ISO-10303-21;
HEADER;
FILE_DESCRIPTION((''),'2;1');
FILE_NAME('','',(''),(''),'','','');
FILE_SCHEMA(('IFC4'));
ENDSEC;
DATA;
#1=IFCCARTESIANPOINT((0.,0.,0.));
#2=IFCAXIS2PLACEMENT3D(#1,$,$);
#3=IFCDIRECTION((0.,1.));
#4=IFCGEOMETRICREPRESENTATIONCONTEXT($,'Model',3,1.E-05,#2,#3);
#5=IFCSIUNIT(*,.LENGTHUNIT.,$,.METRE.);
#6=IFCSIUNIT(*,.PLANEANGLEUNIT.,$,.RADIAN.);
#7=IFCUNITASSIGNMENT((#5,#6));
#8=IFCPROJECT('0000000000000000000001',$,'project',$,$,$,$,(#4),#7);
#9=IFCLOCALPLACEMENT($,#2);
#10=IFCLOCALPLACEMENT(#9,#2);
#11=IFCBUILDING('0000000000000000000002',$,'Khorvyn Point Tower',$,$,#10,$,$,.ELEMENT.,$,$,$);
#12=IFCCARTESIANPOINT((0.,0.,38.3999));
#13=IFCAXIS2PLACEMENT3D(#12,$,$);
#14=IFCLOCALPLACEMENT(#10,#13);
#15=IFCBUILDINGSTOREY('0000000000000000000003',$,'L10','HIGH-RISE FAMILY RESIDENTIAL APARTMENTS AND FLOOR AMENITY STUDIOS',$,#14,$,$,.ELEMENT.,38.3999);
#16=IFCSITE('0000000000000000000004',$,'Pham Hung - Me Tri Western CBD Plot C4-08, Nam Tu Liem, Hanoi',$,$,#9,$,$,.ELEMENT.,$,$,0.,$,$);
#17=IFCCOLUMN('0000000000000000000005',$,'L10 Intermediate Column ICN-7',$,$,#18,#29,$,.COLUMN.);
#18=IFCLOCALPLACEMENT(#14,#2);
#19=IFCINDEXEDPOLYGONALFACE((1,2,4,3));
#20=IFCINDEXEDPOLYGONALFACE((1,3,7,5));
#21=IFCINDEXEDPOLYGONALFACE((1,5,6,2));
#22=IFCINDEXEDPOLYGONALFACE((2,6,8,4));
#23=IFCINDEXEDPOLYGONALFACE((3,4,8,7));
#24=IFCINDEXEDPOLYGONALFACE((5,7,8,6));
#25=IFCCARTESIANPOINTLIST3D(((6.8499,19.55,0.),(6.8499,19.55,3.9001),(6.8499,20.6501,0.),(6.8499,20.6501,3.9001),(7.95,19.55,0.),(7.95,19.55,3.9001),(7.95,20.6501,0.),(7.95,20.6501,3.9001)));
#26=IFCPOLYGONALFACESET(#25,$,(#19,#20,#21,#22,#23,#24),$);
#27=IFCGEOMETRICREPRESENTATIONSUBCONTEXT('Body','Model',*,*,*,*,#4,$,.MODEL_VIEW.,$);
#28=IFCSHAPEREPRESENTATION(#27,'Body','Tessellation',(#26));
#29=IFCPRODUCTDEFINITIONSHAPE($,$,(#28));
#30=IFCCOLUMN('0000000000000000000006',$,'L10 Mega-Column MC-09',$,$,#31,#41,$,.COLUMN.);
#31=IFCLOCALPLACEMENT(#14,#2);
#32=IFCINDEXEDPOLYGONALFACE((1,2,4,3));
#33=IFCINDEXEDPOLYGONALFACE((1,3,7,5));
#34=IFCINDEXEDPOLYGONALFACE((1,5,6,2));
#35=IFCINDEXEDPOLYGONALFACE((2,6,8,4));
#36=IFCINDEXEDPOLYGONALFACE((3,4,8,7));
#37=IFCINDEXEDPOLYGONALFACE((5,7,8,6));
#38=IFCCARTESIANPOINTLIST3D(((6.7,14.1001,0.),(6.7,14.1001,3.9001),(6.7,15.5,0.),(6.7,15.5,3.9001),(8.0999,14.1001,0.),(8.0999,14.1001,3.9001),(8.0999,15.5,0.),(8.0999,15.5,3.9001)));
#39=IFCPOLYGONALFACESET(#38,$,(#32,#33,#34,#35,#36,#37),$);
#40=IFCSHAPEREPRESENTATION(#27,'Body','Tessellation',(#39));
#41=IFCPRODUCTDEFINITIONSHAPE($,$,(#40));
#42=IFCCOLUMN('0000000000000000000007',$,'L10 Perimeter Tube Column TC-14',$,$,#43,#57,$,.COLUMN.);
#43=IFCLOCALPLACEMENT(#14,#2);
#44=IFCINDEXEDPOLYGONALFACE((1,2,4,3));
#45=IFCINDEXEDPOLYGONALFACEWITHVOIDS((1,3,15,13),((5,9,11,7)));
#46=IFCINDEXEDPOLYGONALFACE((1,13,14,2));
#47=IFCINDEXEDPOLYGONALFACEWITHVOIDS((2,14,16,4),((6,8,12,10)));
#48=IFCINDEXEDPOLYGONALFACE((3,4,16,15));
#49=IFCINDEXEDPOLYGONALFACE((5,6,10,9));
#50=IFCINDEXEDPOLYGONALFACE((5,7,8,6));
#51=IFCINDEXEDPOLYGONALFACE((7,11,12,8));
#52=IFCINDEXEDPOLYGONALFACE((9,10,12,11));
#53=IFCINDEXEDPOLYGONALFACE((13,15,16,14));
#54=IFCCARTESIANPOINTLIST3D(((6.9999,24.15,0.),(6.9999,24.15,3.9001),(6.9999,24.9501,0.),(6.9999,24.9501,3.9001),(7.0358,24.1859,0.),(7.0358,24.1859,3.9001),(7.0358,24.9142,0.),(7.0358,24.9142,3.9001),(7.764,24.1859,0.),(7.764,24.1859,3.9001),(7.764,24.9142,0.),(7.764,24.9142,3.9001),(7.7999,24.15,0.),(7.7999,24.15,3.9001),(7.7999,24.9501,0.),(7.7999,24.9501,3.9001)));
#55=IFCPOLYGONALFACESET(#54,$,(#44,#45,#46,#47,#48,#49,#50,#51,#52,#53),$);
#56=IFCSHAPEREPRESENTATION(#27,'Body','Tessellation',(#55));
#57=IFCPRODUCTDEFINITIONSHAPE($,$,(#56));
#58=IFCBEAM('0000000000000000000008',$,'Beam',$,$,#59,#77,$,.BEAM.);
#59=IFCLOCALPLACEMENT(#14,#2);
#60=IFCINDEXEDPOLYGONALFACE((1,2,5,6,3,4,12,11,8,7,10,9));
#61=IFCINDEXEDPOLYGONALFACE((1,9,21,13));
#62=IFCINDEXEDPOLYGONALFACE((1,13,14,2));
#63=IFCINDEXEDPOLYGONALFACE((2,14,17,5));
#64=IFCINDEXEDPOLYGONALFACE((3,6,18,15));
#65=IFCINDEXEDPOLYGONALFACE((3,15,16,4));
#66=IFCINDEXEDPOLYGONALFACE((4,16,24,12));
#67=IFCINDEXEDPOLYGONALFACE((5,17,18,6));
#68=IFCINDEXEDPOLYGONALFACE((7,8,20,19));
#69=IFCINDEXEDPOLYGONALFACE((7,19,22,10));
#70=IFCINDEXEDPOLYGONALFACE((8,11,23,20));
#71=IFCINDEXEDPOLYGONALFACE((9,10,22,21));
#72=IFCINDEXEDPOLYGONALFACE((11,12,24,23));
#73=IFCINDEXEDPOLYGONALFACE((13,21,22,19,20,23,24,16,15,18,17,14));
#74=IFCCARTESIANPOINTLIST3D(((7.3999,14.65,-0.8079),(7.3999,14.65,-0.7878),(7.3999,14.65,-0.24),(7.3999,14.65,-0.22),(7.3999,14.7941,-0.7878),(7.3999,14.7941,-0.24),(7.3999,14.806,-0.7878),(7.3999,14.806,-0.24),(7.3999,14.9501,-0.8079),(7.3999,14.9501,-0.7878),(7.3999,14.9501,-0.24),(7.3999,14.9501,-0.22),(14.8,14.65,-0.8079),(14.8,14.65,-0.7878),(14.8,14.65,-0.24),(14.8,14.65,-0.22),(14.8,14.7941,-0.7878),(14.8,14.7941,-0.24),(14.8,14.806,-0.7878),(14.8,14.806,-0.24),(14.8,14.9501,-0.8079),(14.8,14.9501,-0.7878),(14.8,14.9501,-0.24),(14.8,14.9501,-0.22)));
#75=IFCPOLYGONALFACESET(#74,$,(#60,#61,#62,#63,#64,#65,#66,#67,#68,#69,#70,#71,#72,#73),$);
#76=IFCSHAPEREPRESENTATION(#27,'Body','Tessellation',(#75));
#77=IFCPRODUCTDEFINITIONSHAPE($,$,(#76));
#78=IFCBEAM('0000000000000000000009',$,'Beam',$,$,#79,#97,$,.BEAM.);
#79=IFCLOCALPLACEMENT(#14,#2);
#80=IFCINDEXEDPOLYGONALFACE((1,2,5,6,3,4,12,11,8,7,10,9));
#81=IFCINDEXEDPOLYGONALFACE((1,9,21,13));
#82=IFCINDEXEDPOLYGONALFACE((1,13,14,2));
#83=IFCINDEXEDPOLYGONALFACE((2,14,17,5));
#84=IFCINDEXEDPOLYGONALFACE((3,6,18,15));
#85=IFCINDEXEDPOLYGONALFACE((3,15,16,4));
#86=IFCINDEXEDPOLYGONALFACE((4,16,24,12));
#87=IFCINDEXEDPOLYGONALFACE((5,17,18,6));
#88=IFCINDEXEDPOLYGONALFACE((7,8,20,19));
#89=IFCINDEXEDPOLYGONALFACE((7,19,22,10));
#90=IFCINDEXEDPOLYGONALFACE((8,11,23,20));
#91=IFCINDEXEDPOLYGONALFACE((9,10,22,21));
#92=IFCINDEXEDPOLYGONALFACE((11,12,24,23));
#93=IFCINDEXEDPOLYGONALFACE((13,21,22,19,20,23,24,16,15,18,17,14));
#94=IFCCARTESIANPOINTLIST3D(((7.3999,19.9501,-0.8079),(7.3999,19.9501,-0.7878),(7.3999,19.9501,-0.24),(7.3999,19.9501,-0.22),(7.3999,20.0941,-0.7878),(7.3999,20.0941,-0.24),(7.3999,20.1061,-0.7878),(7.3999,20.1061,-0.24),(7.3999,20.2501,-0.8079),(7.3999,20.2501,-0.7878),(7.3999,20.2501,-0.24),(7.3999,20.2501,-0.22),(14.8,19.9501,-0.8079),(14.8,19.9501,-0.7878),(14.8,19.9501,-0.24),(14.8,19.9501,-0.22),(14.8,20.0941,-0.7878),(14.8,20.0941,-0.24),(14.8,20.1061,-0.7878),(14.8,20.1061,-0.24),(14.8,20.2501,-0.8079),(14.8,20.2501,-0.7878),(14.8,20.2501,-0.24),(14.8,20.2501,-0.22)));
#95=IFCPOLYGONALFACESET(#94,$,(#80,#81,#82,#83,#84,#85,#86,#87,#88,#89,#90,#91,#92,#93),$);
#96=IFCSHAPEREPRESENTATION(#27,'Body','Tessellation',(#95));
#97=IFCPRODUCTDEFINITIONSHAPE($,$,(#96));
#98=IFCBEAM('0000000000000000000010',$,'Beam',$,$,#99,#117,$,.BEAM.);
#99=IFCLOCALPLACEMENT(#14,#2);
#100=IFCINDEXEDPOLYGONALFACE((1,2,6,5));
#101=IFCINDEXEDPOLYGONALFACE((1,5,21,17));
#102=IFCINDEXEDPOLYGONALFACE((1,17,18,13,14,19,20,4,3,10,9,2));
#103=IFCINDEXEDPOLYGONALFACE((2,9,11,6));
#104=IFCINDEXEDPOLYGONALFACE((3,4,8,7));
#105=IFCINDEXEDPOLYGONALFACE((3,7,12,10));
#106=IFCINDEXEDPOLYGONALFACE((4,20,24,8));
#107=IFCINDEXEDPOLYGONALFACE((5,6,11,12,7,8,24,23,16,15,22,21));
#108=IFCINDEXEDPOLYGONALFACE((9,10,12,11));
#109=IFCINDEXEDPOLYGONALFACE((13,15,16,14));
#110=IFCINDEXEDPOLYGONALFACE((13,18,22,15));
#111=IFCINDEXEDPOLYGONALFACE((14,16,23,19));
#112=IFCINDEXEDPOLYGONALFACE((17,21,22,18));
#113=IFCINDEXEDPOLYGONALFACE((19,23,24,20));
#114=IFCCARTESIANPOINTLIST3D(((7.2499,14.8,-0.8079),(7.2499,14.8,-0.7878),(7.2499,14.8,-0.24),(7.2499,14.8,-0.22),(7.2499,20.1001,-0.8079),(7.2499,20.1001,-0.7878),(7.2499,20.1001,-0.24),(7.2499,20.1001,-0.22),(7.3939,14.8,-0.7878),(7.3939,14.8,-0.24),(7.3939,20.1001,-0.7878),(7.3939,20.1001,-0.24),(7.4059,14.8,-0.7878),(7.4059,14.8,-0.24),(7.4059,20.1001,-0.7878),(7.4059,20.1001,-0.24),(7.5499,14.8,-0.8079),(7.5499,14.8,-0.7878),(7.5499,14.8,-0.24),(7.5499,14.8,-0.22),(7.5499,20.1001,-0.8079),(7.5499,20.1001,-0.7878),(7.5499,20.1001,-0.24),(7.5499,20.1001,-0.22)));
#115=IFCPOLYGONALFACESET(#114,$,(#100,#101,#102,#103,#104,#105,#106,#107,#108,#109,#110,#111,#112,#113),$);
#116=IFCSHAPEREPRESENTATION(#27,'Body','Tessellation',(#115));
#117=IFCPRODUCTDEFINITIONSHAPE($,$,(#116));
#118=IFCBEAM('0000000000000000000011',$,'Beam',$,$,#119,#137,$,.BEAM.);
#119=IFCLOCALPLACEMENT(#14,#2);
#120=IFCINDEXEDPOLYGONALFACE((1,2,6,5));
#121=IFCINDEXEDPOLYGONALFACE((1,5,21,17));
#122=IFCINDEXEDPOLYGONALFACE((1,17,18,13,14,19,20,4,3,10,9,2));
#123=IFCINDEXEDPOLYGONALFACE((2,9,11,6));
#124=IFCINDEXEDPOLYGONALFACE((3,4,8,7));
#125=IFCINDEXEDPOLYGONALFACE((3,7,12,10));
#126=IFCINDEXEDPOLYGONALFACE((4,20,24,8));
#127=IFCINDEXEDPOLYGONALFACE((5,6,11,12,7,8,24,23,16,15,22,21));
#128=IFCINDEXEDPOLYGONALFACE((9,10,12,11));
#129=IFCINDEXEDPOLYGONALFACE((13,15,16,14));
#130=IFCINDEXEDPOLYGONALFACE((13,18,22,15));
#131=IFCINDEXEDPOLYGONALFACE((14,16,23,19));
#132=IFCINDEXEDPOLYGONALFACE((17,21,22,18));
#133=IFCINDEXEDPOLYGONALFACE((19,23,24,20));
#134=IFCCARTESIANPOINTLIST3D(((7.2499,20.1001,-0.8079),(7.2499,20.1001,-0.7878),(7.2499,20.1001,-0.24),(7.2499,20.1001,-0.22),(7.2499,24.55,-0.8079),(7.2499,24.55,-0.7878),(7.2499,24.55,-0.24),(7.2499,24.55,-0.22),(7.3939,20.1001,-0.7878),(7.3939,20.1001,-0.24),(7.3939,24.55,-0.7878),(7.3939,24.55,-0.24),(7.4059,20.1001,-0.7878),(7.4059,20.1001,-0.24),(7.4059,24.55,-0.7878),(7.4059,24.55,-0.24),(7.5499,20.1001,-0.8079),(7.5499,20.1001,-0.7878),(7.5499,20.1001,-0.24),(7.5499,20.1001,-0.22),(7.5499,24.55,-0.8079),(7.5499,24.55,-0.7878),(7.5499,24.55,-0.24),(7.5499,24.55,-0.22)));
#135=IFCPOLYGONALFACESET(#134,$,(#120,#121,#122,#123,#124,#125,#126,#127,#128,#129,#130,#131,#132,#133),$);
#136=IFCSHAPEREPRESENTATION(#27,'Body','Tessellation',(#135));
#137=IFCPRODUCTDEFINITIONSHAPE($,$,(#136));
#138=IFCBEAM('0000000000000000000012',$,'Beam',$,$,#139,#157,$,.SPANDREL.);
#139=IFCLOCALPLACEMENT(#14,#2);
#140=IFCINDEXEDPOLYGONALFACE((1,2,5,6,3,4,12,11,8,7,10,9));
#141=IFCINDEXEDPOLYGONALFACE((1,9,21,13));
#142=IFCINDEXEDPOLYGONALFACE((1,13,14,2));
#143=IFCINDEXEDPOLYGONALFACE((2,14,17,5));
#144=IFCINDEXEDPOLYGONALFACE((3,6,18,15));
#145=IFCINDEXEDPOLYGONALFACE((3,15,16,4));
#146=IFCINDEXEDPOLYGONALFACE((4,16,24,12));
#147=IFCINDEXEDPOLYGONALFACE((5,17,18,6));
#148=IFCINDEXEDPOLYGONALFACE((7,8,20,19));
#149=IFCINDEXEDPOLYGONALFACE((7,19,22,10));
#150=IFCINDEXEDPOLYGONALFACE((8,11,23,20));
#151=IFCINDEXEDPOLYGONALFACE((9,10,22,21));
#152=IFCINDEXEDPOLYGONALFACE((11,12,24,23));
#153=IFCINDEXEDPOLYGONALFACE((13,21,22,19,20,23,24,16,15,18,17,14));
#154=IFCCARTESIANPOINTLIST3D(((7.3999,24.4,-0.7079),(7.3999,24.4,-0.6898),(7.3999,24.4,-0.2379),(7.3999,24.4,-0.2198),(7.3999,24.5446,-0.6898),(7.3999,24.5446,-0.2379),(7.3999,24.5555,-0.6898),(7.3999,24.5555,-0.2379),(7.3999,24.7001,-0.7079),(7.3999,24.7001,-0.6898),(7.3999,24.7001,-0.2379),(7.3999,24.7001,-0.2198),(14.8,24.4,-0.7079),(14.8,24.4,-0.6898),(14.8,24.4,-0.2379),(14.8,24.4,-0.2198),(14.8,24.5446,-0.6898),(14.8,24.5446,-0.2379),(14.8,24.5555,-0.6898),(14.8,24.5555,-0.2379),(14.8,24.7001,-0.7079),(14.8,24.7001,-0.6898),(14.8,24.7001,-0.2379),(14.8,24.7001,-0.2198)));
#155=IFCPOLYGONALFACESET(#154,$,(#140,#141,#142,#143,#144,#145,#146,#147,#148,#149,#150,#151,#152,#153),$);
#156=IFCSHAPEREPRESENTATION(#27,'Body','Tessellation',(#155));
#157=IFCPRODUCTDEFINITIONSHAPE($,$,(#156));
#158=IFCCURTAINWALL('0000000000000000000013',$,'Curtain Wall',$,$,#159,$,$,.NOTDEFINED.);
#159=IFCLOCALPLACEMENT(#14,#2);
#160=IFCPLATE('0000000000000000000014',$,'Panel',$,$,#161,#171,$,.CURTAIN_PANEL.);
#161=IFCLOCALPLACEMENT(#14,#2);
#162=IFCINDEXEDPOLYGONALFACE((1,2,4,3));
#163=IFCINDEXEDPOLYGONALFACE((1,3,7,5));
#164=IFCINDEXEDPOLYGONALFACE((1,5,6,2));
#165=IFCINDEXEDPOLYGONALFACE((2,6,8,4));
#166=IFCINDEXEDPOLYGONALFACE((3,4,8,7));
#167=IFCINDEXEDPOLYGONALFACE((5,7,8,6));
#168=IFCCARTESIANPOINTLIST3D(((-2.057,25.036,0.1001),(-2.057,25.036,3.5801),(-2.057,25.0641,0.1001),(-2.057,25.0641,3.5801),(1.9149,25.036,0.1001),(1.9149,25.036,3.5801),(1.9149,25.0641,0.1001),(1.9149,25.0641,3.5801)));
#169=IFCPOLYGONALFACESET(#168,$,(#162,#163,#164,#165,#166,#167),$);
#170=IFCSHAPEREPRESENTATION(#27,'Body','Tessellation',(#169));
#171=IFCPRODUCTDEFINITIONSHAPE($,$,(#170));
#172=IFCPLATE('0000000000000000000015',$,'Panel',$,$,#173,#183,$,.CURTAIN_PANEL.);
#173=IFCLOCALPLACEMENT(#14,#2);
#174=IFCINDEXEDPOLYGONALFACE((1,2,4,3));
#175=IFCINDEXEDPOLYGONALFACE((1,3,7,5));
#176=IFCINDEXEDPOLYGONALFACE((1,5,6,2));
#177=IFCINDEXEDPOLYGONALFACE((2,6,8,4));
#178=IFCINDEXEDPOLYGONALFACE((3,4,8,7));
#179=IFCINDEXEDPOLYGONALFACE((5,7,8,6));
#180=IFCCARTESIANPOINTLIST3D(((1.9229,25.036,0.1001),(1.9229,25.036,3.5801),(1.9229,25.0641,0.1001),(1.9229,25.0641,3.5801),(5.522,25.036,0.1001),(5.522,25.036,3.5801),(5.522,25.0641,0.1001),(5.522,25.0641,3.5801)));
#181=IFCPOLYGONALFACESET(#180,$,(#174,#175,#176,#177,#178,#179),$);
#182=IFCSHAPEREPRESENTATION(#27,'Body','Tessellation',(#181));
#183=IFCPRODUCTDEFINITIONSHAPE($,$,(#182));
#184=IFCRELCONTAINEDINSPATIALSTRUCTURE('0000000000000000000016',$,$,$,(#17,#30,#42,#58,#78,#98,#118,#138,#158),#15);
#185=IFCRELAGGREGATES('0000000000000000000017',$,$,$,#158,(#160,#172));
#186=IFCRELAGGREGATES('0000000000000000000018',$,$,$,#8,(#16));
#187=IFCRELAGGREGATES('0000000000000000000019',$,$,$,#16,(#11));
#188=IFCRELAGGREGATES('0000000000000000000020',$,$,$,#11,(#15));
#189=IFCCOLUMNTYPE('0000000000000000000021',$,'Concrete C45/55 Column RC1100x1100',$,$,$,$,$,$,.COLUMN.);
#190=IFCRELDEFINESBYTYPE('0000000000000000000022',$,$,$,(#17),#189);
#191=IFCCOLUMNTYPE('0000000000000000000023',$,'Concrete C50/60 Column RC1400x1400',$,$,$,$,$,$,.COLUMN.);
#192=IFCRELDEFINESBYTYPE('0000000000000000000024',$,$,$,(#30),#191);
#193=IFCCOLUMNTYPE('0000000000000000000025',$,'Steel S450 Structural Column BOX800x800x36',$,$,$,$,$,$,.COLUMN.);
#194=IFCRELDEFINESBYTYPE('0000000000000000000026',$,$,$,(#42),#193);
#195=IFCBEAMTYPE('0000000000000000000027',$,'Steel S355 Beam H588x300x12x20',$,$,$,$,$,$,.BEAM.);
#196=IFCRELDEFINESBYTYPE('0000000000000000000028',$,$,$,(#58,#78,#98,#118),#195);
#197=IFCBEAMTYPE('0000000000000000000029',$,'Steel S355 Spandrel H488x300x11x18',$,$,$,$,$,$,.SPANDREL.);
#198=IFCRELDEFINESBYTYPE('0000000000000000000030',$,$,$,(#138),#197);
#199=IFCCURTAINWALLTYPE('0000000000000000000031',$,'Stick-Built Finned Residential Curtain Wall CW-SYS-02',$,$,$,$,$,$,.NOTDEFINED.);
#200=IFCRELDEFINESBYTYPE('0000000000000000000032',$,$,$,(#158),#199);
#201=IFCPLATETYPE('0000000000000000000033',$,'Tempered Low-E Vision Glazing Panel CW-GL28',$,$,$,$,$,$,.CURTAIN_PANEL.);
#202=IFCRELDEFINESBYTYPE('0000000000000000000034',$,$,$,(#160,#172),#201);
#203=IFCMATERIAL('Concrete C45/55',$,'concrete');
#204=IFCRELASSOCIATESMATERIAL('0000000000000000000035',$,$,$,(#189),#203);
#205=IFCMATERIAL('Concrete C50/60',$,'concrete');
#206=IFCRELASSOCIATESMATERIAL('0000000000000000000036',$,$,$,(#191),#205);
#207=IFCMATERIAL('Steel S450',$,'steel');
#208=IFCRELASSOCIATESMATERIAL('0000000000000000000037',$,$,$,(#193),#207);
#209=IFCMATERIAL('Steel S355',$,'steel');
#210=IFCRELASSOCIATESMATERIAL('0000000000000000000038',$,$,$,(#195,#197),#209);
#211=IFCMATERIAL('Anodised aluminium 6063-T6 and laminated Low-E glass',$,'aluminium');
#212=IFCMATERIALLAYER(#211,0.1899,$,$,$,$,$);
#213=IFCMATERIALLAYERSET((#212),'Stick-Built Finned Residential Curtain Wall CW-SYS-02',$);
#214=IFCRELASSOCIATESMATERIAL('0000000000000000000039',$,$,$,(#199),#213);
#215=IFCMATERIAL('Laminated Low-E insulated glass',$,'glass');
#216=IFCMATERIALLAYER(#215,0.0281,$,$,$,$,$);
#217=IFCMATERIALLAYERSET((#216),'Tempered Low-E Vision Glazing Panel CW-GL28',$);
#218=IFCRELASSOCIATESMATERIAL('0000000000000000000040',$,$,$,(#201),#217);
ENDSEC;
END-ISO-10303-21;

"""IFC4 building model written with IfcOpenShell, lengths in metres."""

from ifc_helpers import new_model, si_unit, direction, frame, origin, origin_2d, place, context, subcontext, project, spatial, rectangle, hollow_rectangle, i_section, extrude, material, layer, layer_set, material_profile, profile_set, type_object, element, aggregate, save


model = new_model("IFC4")

# Units and contexts
model_context = context("Model", 3, precision=1e-05, world=origin(), true_north=direction((0.0, 1.0)))
body_context = subcontext(model_context, "Body", "Model", "MODEL_VIEW")
ifc_project = project(units=[si_unit("LENGTHUNIT", "METRE"), si_unit("PLANEANGLEUNIT", "RADIAN")], contexts=[model_context])

# Site, building, storey
site_placement = place(None, origin())
site = spatial("IfcSite", under=ifc_project, at=site_placement, Name="Pham Hung - Me Tri Western CBD Plot C4-08, Nam Tu Liem, Hanoi", CompositionType="ELEMENT", RefElevation=0.0)
building_placement = place(site_placement, origin())
building = spatial("IfcBuilding", under=site, at=building_placement, Name="Khorvyn Point Tower", CompositionType="ELEMENT")
storey_placement = place(building_placement, frame((0.0, 0.0, 38.3999)))
storey = spatial("IfcBuildingStorey", under=building, at=storey_placement, Name="L10", Description="HIGH-RISE FAMILY RESIDENTIAL APARTMENTS AND FLOOR AMENITY STUDIOS", CompositionType="ELEMENT", Elevation=38.3999)

# Columns
ifc_material_1 = material(Name="Concrete C45/55", Category="concrete")
ifc_material_profile_1 = material_profile(ifc_material_1, rectangle(XDim=1.1001, YDim=1.1001, at=origin_2d()))
ifc_profile_set_1 = profile_set([ifc_material_profile_1], Name="Concrete C45/55 RC1100x1100")
column_type_1 = type_object("IfcColumnType", Name="Concrete C45/55 Column RC1100x1100", PredefinedType="COLUMN", material=ifc_profile_set_1)
column_1_placement = place(storey_placement, frame((7.3999, 20.1001, 0.0), z_axis=(0.0, 0.0, 1.0), x_axis=(1.0, 0.0, 0.0)))
element("IfcColumn", 1, at=column_1_placement, inside=storey, type_object=column_type_1, Name="L10 Intermediate Column ICN-7", PredefinedType="COLUMN", context=body_context, shape_type="SweptSolid", body=[
    extrude(rectangle(XDim=1.1001, YDim=1.1001, at=origin_2d()), origin(), (0.0, 0.0, 1.0), 3.9001),
])
ifc_material_2 = material(Name="Concrete C50/60", Category="concrete")
ifc_material_profile_2 = material_profile(ifc_material_2, rectangle(XDim=1.3999, YDim=1.3999, at=origin_2d()))
ifc_profile_set_2 = profile_set([ifc_material_profile_2], Name="Concrete C50/60 RC1400x1400")
column_type_2 = type_object("IfcColumnType", Name="Concrete C50/60 Column RC1400x1400", PredefinedType="COLUMN", material=ifc_profile_set_2)
column_2_placement = place(storey_placement, frame((7.3999, 14.8, 0.0), z_axis=(0.0, 0.0, 1.0), x_axis=(1.0, 0.0, 0.0)))
element("IfcColumn", 2, at=column_2_placement, inside=storey, type_object=column_type_2, Name="L10 Mega-Column MC-09", PredefinedType="COLUMN", context=body_context, shape_type="SweptSolid", body=[
    extrude(rectangle(XDim=1.3999, YDim=1.3999, at=origin_2d()), origin(), (0.0, 0.0, 1.0), 3.9001),
])
ifc_material_3 = material(Name="Steel S450", Category="steel")
ifc_material_profile_3 = material_profile(ifc_material_3, hollow_rectangle(XDim=0.8, YDim=0.8, WallThickness=0.0359, at=origin_2d()))
ifc_profile_set_3 = profile_set([ifc_material_profile_3], Name="Steel S450 BOX800x800x36")
column_type_3 = type_object("IfcColumnType", Name="Steel S450 Structural Column BOX800x800x36", PredefinedType="COLUMN", material=ifc_profile_set_3)
column_3_placement = place(storey_placement, frame((7.3999, 24.55, 0.0), z_axis=(0.0, 0.0, 1.0), x_axis=(1.0, 0.0, 0.0)))
element("IfcColumn", 3, at=column_3_placement, inside=storey, type_object=column_type_3, Name="L10 Perimeter Tube Column TC-14", PredefinedType="COLUMN", context=body_context, shape_type="SweptSolid", body=[
    extrude(hollow_rectangle(XDim=0.8, YDim=0.8, WallThickness=0.0359, at=origin_2d()), origin(), (0.0, 0.0, 1.0), 3.9001),
])

# Beams
ifc_material_4 = material(Name="Steel S355", Category="steel")
ifc_material_profile_4 = material_profile(ifc_material_4, i_section(OverallWidth=0.3, OverallDepth=0.5879, WebThickness=0.012, FlangeThickness=0.02, at=origin_2d()))
ifc_profile_set_4 = profile_set([ifc_material_profile_4], Name="Steel S355 H588x300x12x20")
beam_type_1 = type_object("IfcBeamType", Name="Steel S355 Beam H588x300x12x20", PredefinedType="BEAM", material=ifc_profile_set_4)
for number, where, z_axis, x_axis, name in (
    (4, (7.3999, 14.8, -0.5139), (1.0, 0.0, 0.0), (0.0, 1.0, 0.0), "Beam"),
    (5, (7.3999, 20.1001, -0.5139), (1.0, 0.0, 0.0), (0.0, 1.0, 0.0), "Beam"),
):
    element("IfcBeam", number, at=place(storey_placement, frame(where, z_axis=z_axis, x_axis=x_axis)), inside=storey, type_object=beam_type_1, Name=name, PredefinedType="BEAM", context=body_context, shape_type="SweptSolid", body=[
        extrude(i_section(OverallWidth=0.3, OverallDepth=0.5879, WebThickness=0.012, FlangeThickness=0.02, at=origin_2d()), origin(), (0.0, 0.0, 1.0), 7.4001),
    ])
beam_1_placement = place(storey_placement, frame((7.3999, 14.8, -0.5139), z_axis=(0.0, 1.0, 0.0), x_axis=(-1.0, 0.0, 0.0)))
element("IfcBeam", 6, at=beam_1_placement, inside=storey, type_object=beam_type_1, Name="Beam", PredefinedType="BEAM", context=body_context, shape_type="SweptSolid", body=[
    extrude(i_section(OverallWidth=0.3, OverallDepth=0.5879, WebThickness=0.012, FlangeThickness=0.02, at=origin_2d()), origin(), (0.0, 0.0, 1.0), 5.3),
])
beam_2_placement = place(storey_placement, frame((7.3999, 20.1001, -0.5139), z_axis=(0.0, 1.0, 0.0), x_axis=(-1.0, 0.0, 0.0)))
element("IfcBeam", 7, at=beam_2_placement, inside=storey, type_object=beam_type_1, Name="Beam", PredefinedType="BEAM", context=body_context, shape_type="SweptSolid", body=[
    extrude(i_section(OverallWidth=0.3, OverallDepth=0.5879, WebThickness=0.012, FlangeThickness=0.02, at=origin_2d()), origin(), (0.0, 0.0, 1.0), 4.45),
])
ifc_material_profile_5 = material_profile(ifc_material_4, i_section(OverallWidth=0.3, OverallDepth=0.488, WebThickness=0.011, FlangeThickness=0.0181, at=origin_2d()))
ifc_profile_set_5 = profile_set([ifc_material_profile_5], Name="Steel S355 H488x300x11x18")
beam_type_2 = type_object("IfcBeamType", Name="Steel S355 Spandrel H488x300x11x18", PredefinedType="SPANDREL", material=ifc_profile_set_5)
beam_3_placement = place(storey_placement, frame((7.3999, 24.55, -0.4639), z_axis=(1.0, 0.0, 0.0), x_axis=(0.0, 1.0, 0.0)))
element("IfcBeam", 8, at=beam_3_placement, inside=storey, type_object=beam_type_2, Name="Beam", PredefinedType="SPANDREL", context=body_context, shape_type="SweptSolid", body=[
    extrude(i_section(OverallWidth=0.3, OverallDepth=0.488, WebThickness=0.011, FlangeThickness=0.0181, at=origin_2d()), origin(), (0.0, 0.0, 1.0), 7.4001),
])

# Curtain wall, plates
ifc_material_5 = material(Name="Anodised aluminium 6063-T6 and laminated Low-E glass", Category="aluminium")
ifc_layer_1 = layer(ifc_material_5, 0.1899)
ifc_layer_set_1 = layer_set([ifc_layer_1], Name="Stick-Built Finned Residential Curtain Wall CW-SYS-02")
curtain_wall_type = type_object("IfcCurtainWallType", Name="Stick-Built Finned Residential Curtain Wall CW-SYS-02", PredefinedType="NOTDEFINED", material=ifc_layer_set_1)
curtain_wall_placement = place(storey_placement, origin())
curtain_wall = element("IfcCurtainWall", 9, at=curtain_wall_placement, inside=storey, type_object=curtain_wall_type, Name="Curtain Wall", PredefinedType="NOTDEFINED")
ifc_material_6 = material(Name="Laminated Low-E insulated glass", Category="glass")
ifc_layer_2 = layer(ifc_material_6, 0.0281)
ifc_layer_set_2 = layer_set([ifc_layer_2], Name="Tempered Low-E Vision Glazing Panel CW-GL28")
plate_type = type_object("IfcPlateType", Name="Tempered Low-E Vision Glazing Panel CW-GL28", PredefinedType="CURTAIN_PANEL", material=ifc_layer_set_2)
plate_1_placement = place(storey_placement, frame((-0.071, 25.05, 0.1001), z_axis=(0.0, 0.0, 1.0), x_axis=(1.0, 0.0, 0.0)))
plate_1 = element("IfcPlate", 10, at=plate_1_placement, type_object=plate_type, Name="Panel", PredefinedType="CURTAIN_PANEL", context=body_context, shape_type="SweptSolid", body=[
    extrude(rectangle(XDim=3.9719, YDim=0.0281, at=origin_2d()), origin(), (0.0, 0.0, 1.0), 3.48),
])
plate_2_placement = place(storey_placement, frame((3.7224, 25.05, 0.1001), z_axis=(0.0, 0.0, 1.0), x_axis=(1.0, 0.0, 0.0)))
plate_2 = element("IfcPlate", 11, at=plate_2_placement, type_object=plate_type, Name="Panel", PredefinedType="CURTAIN_PANEL", context=body_context, shape_type="SweptSolid", body=[
    extrude(rectangle(XDim=3.5991, YDim=0.0281, at=origin_2d()), origin(), (0.0, 0.0, 1.0), 3.48),
])
aggregate(curtain_wall, [plate_1, plate_2])

save(model, "model.ifc")
